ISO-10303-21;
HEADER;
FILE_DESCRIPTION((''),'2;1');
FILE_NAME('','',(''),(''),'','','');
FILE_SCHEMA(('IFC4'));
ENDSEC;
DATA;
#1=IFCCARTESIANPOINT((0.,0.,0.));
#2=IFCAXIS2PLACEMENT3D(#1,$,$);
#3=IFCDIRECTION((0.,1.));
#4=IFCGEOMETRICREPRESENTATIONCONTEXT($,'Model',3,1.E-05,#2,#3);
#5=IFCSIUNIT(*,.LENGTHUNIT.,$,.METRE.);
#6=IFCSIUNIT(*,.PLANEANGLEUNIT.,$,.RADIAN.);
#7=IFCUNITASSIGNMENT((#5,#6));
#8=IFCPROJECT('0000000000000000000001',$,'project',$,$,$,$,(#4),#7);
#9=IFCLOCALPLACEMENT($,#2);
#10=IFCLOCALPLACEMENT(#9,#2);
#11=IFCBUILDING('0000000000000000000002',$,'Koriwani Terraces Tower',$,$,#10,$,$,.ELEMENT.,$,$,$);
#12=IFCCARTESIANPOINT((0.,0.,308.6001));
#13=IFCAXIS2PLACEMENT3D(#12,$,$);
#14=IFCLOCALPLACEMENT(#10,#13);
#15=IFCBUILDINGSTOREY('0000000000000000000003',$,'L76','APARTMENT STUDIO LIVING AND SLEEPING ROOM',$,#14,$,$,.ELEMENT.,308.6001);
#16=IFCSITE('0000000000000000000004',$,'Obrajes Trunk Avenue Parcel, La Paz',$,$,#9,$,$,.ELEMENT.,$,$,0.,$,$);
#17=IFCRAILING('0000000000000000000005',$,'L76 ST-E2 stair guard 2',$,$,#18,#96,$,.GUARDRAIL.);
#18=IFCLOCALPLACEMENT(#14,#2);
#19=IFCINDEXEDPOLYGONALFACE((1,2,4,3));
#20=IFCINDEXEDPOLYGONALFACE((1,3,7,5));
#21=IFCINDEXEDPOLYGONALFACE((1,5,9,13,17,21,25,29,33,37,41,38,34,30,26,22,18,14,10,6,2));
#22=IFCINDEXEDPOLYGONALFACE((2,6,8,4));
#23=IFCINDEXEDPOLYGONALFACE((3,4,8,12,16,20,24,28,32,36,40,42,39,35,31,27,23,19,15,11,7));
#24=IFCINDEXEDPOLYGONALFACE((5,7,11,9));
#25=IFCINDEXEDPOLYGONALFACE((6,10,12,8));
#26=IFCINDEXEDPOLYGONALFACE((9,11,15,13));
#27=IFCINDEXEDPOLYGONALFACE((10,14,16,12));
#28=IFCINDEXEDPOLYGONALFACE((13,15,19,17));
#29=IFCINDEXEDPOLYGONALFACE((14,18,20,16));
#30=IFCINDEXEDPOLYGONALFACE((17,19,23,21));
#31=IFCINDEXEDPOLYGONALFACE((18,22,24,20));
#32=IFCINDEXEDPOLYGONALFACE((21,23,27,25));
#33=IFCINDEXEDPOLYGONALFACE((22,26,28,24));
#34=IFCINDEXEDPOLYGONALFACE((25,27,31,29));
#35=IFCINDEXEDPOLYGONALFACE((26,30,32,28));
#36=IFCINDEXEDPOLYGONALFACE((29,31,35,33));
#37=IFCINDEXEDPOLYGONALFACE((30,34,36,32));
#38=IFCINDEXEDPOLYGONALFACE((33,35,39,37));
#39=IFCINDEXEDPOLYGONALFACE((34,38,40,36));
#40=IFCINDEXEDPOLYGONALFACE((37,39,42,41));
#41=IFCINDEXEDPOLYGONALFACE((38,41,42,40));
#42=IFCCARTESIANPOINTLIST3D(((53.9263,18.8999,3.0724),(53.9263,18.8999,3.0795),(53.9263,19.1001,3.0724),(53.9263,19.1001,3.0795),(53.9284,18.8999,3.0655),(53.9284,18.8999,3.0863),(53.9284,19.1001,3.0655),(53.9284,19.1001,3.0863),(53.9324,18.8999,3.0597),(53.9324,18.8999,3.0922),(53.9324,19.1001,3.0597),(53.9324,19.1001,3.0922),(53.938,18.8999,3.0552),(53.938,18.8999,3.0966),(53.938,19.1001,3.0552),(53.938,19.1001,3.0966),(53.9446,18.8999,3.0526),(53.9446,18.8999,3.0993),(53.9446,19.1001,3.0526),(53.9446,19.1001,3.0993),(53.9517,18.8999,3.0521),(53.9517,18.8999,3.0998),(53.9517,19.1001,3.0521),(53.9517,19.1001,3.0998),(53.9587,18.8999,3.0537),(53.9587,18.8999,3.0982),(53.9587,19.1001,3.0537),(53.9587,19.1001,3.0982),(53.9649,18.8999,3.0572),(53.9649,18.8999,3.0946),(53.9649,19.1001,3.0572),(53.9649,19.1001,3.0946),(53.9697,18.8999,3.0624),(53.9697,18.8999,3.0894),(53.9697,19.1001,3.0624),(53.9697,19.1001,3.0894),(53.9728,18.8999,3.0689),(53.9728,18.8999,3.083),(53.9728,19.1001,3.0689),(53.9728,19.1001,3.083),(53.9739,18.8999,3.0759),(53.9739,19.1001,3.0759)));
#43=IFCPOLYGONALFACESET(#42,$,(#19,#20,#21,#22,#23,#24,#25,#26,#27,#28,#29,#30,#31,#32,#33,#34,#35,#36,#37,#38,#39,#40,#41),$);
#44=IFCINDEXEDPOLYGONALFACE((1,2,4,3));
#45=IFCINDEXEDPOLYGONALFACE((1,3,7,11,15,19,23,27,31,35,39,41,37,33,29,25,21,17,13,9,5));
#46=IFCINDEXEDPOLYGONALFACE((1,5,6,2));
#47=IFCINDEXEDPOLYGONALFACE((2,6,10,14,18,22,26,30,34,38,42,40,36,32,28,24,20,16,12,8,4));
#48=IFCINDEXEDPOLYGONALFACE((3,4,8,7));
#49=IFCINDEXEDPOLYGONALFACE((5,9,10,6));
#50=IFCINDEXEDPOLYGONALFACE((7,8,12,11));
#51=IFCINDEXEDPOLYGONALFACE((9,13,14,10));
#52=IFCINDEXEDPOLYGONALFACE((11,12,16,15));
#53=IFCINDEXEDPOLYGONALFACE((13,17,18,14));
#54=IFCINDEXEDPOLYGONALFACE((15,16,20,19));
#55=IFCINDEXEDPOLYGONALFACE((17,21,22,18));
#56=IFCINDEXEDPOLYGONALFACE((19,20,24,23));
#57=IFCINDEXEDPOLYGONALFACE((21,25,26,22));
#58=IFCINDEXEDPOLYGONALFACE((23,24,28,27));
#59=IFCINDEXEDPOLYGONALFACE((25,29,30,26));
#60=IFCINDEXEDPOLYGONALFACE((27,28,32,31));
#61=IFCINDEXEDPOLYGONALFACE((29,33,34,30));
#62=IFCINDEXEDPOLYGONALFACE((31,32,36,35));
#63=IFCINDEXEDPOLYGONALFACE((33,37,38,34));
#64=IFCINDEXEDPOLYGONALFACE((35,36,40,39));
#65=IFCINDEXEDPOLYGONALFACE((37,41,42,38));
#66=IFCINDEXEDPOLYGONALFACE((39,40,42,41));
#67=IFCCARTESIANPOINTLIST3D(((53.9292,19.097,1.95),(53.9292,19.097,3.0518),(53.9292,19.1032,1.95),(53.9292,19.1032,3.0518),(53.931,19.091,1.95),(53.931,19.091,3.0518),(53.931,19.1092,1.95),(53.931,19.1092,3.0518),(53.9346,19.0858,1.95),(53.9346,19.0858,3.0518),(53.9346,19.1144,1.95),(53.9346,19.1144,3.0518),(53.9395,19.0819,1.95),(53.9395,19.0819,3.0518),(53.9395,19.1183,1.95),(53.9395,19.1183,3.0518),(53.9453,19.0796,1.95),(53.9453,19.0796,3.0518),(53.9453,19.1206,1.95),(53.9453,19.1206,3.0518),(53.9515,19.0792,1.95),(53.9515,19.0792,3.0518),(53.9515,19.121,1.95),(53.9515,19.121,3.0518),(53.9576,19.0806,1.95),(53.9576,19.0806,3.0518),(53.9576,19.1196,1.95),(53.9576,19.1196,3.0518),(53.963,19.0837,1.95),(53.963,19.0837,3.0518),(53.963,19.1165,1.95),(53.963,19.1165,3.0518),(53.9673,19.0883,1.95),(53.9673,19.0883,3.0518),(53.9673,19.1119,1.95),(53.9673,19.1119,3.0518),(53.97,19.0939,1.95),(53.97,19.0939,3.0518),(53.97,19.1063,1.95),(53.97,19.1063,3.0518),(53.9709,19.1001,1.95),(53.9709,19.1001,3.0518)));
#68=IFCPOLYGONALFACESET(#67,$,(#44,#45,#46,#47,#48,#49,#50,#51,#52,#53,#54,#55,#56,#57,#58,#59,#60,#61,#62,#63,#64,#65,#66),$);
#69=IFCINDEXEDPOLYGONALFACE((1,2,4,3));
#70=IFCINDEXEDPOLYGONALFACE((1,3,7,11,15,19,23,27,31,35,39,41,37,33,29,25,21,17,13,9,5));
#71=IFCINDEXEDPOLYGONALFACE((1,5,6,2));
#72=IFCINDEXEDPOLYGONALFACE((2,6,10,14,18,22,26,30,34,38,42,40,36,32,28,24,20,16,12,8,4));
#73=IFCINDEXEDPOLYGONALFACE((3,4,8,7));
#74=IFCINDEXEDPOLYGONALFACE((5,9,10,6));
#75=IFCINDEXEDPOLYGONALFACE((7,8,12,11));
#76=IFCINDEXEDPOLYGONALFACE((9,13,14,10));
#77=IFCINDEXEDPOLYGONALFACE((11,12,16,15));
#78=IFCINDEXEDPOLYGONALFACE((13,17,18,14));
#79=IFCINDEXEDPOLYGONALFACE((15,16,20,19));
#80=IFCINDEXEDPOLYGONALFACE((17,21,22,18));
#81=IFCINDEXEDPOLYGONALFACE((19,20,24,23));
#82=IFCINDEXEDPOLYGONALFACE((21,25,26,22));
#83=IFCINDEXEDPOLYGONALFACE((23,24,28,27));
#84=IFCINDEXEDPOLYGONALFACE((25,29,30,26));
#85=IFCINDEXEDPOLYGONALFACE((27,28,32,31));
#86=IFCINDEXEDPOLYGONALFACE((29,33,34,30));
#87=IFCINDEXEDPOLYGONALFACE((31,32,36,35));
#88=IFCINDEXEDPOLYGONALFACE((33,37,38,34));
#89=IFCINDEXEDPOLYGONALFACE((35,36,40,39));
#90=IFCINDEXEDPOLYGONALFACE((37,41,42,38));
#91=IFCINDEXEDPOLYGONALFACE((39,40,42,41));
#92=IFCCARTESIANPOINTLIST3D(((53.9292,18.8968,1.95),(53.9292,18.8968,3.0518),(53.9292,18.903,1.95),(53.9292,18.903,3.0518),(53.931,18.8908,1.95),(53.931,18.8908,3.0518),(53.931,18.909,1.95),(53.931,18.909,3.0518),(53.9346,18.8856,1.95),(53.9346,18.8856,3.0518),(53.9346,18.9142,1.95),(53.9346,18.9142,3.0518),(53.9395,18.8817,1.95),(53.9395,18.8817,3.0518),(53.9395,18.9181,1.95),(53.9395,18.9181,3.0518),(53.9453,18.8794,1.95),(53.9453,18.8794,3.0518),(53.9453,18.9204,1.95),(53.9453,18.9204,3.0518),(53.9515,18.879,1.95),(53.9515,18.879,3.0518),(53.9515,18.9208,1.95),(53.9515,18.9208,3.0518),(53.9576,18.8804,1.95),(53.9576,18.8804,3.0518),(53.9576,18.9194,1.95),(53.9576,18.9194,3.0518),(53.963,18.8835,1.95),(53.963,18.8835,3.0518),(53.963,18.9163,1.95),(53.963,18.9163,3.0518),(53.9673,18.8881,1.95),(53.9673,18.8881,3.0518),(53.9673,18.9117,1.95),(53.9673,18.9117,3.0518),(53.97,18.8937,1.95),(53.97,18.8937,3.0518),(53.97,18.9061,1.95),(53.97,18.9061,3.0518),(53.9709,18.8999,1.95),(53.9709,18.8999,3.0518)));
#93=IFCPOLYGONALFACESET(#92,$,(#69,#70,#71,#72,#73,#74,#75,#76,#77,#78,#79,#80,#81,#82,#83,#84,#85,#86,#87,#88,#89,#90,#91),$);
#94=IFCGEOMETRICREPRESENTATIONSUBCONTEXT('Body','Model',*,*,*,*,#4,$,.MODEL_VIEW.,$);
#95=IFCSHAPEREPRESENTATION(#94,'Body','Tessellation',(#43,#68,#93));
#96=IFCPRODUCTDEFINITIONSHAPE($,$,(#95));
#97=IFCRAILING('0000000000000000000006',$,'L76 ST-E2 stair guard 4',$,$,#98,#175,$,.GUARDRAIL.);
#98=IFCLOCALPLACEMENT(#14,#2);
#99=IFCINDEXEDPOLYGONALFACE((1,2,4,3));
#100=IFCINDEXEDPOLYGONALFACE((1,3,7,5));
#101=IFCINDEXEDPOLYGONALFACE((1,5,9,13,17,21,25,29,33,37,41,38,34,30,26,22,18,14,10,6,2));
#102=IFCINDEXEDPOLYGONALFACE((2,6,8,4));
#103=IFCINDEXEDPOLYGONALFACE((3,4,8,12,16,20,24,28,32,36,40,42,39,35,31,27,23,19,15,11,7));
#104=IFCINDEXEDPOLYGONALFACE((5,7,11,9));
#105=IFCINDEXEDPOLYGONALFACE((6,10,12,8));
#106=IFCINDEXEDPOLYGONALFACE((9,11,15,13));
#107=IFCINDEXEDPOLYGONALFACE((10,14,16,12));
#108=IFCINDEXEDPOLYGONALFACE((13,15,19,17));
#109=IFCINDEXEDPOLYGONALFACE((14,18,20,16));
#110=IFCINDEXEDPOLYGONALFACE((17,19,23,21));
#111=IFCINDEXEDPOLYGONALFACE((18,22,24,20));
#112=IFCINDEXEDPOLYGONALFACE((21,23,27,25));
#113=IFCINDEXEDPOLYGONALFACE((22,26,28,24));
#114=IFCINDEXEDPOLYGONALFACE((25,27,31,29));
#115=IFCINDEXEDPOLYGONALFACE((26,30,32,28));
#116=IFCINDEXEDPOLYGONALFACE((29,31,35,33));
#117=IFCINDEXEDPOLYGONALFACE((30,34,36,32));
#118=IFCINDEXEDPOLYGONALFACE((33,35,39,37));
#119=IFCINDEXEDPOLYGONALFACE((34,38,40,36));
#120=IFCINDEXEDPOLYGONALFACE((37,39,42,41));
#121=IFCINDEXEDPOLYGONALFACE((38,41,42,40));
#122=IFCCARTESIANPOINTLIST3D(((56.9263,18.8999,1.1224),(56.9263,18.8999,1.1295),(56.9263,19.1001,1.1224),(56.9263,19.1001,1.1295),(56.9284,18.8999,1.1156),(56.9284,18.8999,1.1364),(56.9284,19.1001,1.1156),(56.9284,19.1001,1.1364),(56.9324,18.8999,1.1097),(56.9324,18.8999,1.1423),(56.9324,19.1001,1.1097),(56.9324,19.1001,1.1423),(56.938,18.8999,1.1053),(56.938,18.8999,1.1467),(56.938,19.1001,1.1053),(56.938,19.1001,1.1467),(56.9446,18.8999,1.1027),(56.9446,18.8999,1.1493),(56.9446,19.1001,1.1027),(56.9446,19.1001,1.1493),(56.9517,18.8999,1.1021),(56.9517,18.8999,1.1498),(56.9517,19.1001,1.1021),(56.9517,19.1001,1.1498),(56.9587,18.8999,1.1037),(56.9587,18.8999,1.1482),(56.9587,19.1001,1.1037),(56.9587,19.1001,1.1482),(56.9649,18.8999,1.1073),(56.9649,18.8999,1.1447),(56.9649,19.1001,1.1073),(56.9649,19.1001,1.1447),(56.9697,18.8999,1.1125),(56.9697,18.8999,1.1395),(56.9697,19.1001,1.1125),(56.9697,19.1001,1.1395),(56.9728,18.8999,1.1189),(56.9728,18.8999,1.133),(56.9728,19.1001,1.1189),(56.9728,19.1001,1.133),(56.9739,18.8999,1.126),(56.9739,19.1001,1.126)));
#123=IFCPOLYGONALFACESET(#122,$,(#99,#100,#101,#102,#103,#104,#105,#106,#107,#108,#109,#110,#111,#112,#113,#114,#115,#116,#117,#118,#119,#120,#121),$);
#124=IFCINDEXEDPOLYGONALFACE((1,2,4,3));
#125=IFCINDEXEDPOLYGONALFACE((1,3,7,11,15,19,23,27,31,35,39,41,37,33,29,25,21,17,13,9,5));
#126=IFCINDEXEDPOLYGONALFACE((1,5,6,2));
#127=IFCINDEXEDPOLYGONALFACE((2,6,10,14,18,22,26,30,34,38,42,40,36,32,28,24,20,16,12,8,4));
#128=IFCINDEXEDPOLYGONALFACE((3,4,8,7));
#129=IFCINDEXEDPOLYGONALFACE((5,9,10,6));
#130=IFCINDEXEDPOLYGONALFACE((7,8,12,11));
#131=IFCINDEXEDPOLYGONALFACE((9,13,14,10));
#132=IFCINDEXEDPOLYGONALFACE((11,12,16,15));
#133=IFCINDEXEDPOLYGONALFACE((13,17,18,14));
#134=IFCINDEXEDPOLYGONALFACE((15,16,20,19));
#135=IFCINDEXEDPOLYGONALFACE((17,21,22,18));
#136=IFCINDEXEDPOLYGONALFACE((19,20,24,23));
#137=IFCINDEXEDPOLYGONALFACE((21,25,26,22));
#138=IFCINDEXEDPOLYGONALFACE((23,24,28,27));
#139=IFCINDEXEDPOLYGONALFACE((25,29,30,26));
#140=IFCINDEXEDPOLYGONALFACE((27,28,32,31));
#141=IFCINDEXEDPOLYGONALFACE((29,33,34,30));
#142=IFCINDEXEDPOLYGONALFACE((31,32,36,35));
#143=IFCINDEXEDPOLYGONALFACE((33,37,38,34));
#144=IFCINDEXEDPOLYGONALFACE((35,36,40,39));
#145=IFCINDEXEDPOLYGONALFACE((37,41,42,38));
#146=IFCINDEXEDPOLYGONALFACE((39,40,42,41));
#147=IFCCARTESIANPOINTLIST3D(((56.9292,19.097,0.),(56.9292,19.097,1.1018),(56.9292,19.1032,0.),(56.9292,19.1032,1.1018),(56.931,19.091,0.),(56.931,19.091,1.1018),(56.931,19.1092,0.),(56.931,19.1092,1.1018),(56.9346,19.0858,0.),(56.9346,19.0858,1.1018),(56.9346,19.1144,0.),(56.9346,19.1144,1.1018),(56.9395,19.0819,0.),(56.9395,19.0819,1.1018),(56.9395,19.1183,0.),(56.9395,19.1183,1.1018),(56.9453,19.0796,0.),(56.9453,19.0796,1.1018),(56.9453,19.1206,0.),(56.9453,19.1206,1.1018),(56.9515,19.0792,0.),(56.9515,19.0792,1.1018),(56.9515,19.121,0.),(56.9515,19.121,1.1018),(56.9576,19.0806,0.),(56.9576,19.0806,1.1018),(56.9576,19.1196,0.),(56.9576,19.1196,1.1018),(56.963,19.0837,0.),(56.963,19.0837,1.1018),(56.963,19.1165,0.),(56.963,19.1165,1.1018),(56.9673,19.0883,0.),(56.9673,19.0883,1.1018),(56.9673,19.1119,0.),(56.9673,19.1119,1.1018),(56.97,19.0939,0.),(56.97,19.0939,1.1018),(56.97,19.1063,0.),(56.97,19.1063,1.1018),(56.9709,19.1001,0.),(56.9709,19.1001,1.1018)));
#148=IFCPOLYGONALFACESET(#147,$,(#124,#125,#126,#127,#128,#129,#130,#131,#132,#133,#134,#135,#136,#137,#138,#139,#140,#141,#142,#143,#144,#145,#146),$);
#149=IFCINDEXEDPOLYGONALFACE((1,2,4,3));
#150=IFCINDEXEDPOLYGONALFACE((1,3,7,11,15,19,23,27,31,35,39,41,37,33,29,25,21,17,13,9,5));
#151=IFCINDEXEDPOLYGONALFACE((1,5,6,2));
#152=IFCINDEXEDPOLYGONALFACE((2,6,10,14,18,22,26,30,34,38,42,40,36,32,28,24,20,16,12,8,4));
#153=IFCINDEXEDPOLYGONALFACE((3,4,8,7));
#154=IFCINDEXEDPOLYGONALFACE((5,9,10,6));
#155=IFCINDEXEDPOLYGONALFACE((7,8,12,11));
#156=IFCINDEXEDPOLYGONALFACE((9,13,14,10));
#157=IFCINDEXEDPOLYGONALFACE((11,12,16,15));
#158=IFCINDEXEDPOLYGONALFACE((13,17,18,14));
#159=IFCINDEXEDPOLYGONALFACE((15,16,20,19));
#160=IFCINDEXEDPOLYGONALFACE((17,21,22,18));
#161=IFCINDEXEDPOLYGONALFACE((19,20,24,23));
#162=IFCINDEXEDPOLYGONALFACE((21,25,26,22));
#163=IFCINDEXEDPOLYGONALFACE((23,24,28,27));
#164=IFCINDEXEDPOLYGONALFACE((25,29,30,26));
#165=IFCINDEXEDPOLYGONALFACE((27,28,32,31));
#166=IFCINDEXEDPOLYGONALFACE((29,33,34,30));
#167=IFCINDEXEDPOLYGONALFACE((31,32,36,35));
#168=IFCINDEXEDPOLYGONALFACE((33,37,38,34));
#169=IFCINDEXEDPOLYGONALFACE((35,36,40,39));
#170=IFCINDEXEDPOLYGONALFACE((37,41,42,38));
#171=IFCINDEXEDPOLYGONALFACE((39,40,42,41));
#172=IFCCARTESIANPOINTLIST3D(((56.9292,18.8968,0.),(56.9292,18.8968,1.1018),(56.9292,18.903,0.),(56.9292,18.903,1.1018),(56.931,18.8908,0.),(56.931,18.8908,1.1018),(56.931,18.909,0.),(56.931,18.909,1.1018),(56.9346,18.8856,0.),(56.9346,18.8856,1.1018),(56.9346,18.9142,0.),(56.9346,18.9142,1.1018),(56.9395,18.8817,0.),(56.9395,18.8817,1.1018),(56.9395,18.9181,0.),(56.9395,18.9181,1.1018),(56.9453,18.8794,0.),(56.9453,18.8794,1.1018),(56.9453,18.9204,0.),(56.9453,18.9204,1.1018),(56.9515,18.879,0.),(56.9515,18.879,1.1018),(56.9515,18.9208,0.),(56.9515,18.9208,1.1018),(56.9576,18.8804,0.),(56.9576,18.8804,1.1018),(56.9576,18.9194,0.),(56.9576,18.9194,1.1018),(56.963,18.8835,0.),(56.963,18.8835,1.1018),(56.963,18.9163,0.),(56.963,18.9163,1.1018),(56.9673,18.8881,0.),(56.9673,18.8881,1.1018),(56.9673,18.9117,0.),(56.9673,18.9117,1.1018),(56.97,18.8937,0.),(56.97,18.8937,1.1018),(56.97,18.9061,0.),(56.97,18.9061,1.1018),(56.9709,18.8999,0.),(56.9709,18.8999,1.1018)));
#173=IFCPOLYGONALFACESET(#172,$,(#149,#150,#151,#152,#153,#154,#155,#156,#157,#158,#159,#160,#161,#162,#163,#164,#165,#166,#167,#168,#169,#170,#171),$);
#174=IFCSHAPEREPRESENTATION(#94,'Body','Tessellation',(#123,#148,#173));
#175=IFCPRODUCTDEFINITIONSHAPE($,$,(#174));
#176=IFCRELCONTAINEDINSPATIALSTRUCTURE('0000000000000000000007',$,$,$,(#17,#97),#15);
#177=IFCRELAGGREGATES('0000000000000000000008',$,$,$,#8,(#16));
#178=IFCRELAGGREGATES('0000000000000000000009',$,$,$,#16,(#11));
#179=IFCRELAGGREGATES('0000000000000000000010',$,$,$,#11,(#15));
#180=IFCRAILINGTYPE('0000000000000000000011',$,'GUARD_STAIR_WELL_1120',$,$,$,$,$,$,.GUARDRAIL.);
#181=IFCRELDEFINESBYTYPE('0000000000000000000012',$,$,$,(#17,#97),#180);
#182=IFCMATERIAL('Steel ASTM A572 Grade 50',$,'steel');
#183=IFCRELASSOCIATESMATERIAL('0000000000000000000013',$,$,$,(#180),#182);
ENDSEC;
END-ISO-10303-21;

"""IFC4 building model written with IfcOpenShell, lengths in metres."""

from ifc_helpers import new_model, si_unit, direction, frame, origin, origin_2d, place, context, subcontext, project, spatial, circle, extrude, material, type_object, element, save


model = new_model("IFC4")

# Units and contexts
model_context = context("Model", 3, precision=1e-05, world=origin(), true_north=direction((0.0, 1.0)))
body_context = subcontext(model_context, "Body", "Model", "MODEL_VIEW")
ifc_project = project(units=[si_unit("LENGTHUNIT", "METRE"), si_unit("PLANEANGLEUNIT", "RADIAN")], contexts=[model_context])

# Site, building, storey
site_placement = place(None, origin())
site = spatial("IfcSite", under=ifc_project, at=site_placement, Name="Obrajes Trunk Avenue Parcel, La Paz", CompositionType="ELEMENT", RefElevation=0.0)
building_placement = place(site_placement, origin())
building = spatial("IfcBuilding", under=site, at=building_placement, Name="Koriwani Terraces Tower", CompositionType="ELEMENT")
storey_placement = place(building_placement, frame((0.0, 0.0, 308.6001)))
storey = spatial("IfcBuildingStorey", under=building, at=storey_placement, Name="L76", Description="APARTMENT STUDIO LIVING AND SLEEPING ROOM", CompositionType="ELEMENT", Elevation=308.6001)

# Shared definitions
ifc_material_1 = material(Name="Steel ASTM A572 Grade 50", Category="steel")

# Railings
railing_type_1 = type_object("IfcRailingType", Name="GUARD_STAIR_WELL_1120", PredefinedType="GUARDRAIL", material=ifc_material_1)
for number, where, name in (
    (1, (53.95, 19.1001, 1.95), "L76 ST-E2 stair guard 2"),
    (2, (56.95, 19.1001, 0.0), "L76 ST-E2 stair guard 4"),
):
    element("IfcRailing", number, at=place(storey_placement, frame(where)), inside=storey, type_object=railing_type_1, Name=name, PredefinedType="GUARDRAIL", context=body_context, shape_type="SweptSolid", body=[
        extrude(circle(Radius=0.0239, at=origin_2d()), frame((0.0, 0.0, 1.126), z_axis=(0.0, -1.0, 0.0), x_axis=(1.0, 0.0, 0.0)), (0.0, 0.0, 1.0), 0.2002),
        extrude(circle(Radius=0.021, at=origin_2d()), origin(), (0.0, 0.0, 1.0), 1.1018),
        extrude(circle(Radius=0.021, at=origin_2d()), frame((0.0, -0.2002, 0.0)), (0.0, 0.0, 1.0), 1.1018),
    ])

save(model, "model.ifc")
